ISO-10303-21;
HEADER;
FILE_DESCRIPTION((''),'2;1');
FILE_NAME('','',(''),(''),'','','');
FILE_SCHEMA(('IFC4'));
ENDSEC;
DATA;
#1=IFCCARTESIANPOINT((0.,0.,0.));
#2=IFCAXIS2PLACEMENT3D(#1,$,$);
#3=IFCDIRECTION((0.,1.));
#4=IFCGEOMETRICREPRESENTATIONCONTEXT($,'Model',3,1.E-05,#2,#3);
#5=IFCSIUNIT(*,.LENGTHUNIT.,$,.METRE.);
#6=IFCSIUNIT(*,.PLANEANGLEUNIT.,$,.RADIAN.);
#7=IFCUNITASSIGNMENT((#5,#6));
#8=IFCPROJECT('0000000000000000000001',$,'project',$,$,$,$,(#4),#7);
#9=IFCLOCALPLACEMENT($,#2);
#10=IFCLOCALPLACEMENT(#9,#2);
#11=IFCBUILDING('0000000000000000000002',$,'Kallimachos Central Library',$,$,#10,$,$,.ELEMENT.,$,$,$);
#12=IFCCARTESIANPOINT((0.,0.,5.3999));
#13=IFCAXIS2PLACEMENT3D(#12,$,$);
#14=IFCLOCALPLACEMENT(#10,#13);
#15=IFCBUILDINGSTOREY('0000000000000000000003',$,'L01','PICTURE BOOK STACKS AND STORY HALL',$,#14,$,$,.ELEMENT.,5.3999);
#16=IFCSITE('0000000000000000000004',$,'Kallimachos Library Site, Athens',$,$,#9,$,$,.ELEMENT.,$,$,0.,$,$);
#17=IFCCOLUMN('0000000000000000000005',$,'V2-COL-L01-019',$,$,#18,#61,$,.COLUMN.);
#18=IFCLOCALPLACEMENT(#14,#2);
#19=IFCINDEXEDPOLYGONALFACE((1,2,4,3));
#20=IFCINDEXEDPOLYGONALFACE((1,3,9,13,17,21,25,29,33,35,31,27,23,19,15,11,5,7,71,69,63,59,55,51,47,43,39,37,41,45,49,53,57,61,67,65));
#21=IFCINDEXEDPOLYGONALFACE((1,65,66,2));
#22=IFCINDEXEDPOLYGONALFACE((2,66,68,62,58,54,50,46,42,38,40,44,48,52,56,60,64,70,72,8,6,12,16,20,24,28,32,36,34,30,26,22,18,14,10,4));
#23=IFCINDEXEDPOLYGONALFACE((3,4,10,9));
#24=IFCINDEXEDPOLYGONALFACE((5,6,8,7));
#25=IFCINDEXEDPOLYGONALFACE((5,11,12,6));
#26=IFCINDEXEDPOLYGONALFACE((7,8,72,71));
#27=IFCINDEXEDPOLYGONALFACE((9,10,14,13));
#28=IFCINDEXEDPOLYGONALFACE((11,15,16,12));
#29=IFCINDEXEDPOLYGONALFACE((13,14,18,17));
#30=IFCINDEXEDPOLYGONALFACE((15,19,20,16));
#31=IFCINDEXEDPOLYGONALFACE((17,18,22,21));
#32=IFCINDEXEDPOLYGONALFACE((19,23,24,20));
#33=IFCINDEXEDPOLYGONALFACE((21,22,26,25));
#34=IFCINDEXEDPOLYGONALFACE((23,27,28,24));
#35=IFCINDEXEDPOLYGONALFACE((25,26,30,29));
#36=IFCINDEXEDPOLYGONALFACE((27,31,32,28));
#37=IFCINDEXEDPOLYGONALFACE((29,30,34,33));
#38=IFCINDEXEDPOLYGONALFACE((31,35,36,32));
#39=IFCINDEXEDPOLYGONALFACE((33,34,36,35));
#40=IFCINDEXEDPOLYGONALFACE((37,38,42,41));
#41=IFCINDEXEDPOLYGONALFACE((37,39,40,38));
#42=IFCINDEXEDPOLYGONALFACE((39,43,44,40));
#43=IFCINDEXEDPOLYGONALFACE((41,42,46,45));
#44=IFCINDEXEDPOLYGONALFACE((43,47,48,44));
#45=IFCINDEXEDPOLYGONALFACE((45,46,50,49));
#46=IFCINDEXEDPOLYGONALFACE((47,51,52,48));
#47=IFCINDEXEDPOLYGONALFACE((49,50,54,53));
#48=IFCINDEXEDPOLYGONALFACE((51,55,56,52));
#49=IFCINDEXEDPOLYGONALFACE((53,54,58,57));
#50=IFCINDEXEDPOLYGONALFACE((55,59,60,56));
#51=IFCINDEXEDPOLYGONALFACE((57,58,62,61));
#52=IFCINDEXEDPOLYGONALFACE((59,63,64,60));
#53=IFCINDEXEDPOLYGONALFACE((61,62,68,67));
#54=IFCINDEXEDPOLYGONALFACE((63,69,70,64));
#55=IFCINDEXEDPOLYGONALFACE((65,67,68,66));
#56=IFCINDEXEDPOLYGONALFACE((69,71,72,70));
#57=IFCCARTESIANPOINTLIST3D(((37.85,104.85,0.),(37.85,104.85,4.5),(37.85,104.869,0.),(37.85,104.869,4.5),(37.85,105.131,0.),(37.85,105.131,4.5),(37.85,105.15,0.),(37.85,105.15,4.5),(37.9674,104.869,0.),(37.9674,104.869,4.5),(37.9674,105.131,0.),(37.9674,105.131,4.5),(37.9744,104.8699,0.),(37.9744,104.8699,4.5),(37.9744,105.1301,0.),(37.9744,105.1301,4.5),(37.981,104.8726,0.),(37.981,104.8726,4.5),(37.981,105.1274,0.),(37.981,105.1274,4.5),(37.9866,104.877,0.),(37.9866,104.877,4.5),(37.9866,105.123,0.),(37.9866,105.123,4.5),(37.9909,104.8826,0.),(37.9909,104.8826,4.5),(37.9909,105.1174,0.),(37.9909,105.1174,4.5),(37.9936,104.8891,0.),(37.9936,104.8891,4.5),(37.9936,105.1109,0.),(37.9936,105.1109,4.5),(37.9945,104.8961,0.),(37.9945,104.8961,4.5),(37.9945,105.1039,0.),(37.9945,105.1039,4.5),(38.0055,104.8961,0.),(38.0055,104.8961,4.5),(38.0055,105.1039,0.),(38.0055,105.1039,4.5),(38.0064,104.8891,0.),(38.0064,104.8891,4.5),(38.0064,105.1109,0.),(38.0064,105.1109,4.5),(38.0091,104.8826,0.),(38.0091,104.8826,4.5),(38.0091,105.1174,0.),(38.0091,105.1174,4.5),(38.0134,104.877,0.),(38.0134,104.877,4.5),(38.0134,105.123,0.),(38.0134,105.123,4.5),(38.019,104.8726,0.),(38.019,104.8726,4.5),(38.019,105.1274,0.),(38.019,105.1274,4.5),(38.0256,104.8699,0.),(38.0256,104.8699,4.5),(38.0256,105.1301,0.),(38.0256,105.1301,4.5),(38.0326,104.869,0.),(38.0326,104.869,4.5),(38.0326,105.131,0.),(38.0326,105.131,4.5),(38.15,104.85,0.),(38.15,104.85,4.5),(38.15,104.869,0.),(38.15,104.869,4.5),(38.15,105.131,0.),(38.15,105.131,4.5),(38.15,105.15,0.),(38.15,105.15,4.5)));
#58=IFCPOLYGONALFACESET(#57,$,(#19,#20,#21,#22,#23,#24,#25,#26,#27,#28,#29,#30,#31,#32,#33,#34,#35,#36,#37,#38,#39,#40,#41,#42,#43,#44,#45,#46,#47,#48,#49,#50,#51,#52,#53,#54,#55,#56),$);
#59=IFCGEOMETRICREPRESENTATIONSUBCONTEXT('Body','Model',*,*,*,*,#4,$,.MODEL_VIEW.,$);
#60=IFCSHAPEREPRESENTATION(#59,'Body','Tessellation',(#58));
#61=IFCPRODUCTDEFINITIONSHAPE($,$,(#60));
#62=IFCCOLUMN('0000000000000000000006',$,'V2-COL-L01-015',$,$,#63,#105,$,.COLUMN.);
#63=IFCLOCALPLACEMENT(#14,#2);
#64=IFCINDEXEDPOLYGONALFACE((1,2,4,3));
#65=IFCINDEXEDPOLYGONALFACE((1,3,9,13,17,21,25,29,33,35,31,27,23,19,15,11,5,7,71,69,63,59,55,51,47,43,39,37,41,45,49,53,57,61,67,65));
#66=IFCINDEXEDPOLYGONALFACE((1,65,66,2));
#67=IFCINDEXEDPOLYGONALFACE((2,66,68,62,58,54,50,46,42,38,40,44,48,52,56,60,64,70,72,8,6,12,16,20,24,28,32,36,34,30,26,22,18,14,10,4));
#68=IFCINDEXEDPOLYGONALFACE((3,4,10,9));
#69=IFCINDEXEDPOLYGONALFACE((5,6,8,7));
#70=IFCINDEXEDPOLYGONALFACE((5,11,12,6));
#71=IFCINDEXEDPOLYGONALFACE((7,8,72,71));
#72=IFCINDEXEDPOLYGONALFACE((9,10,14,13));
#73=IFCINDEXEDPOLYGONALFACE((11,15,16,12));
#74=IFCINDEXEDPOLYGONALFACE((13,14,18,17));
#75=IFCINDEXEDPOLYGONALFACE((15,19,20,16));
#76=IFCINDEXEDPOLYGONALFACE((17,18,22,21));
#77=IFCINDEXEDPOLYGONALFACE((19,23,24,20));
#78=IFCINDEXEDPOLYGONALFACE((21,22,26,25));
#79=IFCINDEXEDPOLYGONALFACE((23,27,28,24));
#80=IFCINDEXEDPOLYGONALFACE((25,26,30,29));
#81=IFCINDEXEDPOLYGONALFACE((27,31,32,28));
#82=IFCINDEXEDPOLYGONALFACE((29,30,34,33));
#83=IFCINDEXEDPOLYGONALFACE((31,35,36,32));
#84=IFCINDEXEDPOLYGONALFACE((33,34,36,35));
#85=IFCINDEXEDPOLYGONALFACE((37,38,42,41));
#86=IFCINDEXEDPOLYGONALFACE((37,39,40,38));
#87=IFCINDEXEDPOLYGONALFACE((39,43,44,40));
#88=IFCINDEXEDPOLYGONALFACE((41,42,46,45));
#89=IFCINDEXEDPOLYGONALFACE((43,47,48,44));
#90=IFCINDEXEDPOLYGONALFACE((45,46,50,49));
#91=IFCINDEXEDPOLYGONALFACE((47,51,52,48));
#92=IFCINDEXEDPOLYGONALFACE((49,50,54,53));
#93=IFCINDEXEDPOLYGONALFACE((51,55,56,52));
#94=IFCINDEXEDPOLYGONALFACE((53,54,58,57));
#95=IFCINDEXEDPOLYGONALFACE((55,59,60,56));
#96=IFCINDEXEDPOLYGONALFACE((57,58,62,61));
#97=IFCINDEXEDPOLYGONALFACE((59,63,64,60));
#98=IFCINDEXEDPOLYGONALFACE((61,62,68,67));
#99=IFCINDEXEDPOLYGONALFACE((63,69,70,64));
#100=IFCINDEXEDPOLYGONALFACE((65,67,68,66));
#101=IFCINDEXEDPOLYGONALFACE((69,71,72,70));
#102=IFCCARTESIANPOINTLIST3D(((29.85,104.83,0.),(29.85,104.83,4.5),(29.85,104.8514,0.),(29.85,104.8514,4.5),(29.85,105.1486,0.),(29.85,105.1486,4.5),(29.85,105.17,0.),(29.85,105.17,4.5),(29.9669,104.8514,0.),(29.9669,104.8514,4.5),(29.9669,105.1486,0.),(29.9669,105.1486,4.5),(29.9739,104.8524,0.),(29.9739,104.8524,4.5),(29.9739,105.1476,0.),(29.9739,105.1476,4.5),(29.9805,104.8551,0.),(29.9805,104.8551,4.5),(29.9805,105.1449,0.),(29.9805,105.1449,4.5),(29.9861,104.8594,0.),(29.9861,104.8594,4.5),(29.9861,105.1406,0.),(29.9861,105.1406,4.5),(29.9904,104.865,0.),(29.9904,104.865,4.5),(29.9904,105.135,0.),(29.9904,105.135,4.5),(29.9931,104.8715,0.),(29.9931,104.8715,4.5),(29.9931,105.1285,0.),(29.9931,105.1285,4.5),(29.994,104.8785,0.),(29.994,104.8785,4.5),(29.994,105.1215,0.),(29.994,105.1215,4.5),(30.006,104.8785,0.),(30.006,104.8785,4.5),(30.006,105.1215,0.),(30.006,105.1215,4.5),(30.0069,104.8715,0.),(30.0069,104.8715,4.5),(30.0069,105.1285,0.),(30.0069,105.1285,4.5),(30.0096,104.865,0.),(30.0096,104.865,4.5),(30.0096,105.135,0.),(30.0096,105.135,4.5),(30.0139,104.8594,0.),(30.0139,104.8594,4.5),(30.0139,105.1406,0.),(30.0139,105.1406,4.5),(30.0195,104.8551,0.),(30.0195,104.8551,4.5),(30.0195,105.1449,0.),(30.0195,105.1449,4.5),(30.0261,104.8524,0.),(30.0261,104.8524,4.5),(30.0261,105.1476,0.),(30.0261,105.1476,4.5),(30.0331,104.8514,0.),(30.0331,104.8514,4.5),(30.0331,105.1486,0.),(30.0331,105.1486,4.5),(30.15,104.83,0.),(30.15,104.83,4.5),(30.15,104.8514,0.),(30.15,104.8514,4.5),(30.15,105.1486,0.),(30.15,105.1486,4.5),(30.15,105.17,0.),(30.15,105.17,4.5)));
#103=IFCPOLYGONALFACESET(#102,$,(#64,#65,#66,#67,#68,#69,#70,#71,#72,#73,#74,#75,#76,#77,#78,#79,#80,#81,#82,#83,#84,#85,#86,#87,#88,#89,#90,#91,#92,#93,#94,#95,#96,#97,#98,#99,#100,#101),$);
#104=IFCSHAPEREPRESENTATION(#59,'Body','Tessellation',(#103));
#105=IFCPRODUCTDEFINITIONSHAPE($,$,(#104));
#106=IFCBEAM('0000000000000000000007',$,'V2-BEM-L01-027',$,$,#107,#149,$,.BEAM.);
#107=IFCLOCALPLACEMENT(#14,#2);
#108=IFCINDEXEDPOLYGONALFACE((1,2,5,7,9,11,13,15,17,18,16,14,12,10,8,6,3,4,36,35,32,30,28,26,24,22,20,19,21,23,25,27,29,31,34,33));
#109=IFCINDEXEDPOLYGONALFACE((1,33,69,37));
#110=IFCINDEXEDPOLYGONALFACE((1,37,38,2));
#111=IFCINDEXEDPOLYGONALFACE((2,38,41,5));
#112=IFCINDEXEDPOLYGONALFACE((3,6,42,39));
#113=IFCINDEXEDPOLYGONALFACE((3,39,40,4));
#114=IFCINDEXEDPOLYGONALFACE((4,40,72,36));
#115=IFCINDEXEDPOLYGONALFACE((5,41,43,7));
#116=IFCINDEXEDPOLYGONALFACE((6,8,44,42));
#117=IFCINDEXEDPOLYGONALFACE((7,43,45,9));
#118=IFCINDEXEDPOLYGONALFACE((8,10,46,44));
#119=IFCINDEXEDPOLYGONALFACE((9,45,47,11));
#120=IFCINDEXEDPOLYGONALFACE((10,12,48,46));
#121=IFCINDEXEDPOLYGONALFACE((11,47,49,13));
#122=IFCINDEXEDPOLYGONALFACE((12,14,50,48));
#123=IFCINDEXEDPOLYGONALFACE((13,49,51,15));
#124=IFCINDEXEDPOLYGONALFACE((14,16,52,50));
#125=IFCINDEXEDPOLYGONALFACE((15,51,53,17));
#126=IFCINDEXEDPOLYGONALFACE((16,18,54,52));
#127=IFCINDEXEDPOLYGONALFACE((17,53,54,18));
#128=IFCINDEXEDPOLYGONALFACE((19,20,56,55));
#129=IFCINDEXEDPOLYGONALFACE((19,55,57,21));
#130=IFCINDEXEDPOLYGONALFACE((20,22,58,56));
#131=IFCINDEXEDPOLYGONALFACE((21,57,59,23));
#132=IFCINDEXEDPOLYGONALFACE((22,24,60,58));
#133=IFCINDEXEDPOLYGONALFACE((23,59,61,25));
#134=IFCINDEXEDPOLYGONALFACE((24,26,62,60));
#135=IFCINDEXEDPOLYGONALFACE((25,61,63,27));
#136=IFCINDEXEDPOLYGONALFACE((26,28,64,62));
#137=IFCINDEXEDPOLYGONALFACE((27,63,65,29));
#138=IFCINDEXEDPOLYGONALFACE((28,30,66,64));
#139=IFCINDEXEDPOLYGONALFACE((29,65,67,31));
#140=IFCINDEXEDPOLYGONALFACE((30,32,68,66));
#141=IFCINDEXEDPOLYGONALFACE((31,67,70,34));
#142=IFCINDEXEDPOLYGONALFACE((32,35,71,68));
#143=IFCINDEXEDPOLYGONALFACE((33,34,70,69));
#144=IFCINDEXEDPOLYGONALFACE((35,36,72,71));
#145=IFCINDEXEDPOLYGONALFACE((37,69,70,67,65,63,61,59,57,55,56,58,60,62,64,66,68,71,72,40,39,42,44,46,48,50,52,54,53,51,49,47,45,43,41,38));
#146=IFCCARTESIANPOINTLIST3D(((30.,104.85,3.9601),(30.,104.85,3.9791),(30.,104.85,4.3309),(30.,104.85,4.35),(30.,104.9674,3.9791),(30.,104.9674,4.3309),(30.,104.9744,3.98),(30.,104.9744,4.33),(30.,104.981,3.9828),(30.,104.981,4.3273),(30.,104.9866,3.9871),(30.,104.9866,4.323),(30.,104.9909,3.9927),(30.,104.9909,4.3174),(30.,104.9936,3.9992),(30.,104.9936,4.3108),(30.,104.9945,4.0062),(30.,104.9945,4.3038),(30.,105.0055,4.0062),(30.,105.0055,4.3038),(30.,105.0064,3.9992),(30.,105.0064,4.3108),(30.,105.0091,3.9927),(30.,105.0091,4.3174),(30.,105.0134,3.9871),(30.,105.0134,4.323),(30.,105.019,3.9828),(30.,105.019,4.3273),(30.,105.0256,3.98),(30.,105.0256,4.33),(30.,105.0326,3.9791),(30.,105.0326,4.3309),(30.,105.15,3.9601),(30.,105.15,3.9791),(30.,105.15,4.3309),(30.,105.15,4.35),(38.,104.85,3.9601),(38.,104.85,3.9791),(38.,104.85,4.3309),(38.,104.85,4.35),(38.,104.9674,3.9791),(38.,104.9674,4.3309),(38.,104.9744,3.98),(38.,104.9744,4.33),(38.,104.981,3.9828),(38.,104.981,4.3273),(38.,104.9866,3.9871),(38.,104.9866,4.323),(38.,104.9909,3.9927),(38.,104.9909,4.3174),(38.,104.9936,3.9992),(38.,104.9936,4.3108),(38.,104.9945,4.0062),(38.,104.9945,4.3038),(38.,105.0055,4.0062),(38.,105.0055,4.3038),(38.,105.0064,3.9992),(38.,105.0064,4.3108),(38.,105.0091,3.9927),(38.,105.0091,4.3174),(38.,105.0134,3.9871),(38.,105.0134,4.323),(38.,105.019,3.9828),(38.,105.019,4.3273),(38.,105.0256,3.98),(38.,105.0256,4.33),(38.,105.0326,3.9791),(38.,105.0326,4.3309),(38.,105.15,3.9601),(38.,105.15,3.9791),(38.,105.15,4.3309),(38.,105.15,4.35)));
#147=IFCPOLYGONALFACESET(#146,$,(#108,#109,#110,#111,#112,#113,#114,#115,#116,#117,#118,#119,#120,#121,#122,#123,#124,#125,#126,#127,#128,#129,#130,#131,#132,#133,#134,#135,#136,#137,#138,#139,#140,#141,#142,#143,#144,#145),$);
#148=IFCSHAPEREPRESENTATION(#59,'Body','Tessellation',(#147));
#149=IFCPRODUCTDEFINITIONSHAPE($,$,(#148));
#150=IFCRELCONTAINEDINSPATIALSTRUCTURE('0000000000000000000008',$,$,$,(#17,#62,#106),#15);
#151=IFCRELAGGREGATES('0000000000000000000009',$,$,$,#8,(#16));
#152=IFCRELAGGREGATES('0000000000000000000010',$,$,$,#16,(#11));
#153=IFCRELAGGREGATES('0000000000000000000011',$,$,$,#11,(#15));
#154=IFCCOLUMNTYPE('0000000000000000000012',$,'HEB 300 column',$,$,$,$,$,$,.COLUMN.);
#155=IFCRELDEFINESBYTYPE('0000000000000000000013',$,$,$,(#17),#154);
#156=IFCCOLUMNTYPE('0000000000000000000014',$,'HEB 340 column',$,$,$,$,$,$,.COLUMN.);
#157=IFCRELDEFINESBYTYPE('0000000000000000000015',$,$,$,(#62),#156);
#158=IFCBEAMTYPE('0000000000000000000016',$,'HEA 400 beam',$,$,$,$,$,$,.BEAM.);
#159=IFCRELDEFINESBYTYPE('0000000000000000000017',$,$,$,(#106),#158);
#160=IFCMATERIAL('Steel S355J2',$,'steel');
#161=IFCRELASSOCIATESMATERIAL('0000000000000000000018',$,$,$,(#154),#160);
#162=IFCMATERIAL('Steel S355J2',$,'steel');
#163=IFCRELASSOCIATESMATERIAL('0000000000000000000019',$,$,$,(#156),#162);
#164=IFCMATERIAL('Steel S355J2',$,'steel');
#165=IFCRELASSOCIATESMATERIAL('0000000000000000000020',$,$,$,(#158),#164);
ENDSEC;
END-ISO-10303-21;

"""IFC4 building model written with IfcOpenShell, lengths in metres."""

from ifc_helpers import new_model, si_unit, direction, frame, origin, origin_2d, place, context, subcontext, project, spatial, i_section, extrude, material, material_profile, profile_set, type_object, element, save


model = new_model("IFC4")

# Units and contexts
model_context = context("Model", 3, precision=1e-05, world=origin(), true_north=direction((0.0, 1.0)))
body_context = subcontext(model_context, "Body", "Model", "MODEL_VIEW")
ifc_project = project(units=[si_unit("LENGTHUNIT", "METRE"), si_unit("PLANEANGLEUNIT", "RADIAN")], contexts=[model_context])

# Site, building, storey
site_placement = place(None, origin())
site = spatial("IfcSite", under=ifc_project, at=site_placement, Name="Kallimachos Library Site, Athens", CompositionType="ELEMENT", RefElevation=0.0)
building_placement = place(site_placement, origin())
building = spatial("IfcBuilding", under=site, at=building_placement, Name="Kallimachos Central Library", CompositionType="ELEMENT")
storey_placement = place(building_placement, frame((0.0, 0.0, 5.3999)))
storey = spatial("IfcBuildingStorey", under=building, at=storey_placement, Name="L01", Description="PICTURE BOOK STACKS AND STORY HALL", CompositionType="ELEMENT", Elevation=5.3999)

# Columns
ifc_material_1 = material(Name="Steel S355J2", Category="steel")
ifc_material_profile_1 = material_profile(ifc_material_1, i_section(OverallWidth=0.3, OverallDepth=0.3, WebThickness=0.011, FlangeThickness=0.019, FilletRadius=0.0271, at=origin_2d()), Name="HEB 300")
ifc_profile_set_1 = profile_set([ifc_material_profile_1], Name="Steel S355J2")
column_type_1 = type_object("IfcColumnType", Name="HEB 300 column", PredefinedType="COLUMN", material=ifc_profile_set_1)
column_1_placement = place(storey_placement, frame((38.0, 105.0, 0.0), z_axis=(0.0, 0.0, 1.0), x_axis=(1.0, 0.0, 0.0)))
element("IfcColumn", 1, at=column_1_placement, inside=storey, type_object=column_type_1, Name="V2-COL-L01-019", PredefinedType="COLUMN", context=body_context, shape_type="SweptSolid", body=[
    extrude(i_section(OverallWidth=0.3, OverallDepth=0.3, WebThickness=0.011, FlangeThickness=0.019, FilletRadius=0.0271, at=origin_2d()), origin(), (0.0, 0.0, 1.0), 4.5),
])
ifc_material_2 = material(Name="Steel S355J2", Category="steel")
ifc_material_profile_2 = material_profile(ifc_material_2, i_section(OverallWidth=0.3, OverallDepth=0.3401, WebThickness=0.012, FlangeThickness=0.0215, FilletRadius=0.0271, at=origin_2d()), Name="HEB 340")
ifc_profile_set_2 = profile_set([ifc_material_profile_2], Name="Steel S355J2")
column_type_2 = type_object("IfcColumnType", Name="HEB 340 column", PredefinedType="COLUMN", material=ifc_profile_set_2)
column_2_placement = place(storey_placement, frame((30.0, 105.0, 0.0), z_axis=(0.0, 0.0, 1.0), x_axis=(1.0, 0.0, 0.0)))
element("IfcColumn", 2, at=column_2_placement, inside=storey, type_object=column_type_2, Name="V2-COL-L01-015", PredefinedType="COLUMN", context=body_context, shape_type="SweptSolid", body=[
    extrude(i_section(OverallWidth=0.3, OverallDepth=0.3401, WebThickness=0.012, FlangeThickness=0.0215, FilletRadius=0.0271, at=origin_2d()), origin(), (0.0, 0.0, 1.0), 4.5),
])

# Beam
ifc_material_3 = material(Name="Steel S355J2", Category="steel")
ifc_material_profile_3 = material_profile(ifc_material_3, i_section(OverallWidth=0.3, OverallDepth=0.3899, WebThickness=0.011, FlangeThickness=0.019, FilletRadius=0.0271, at=origin_2d()), Name="HEA 400")
ifc_profile_set_3 = profile_set([ifc_material_profile_3], Name="Steel S355J2")
beam_type_1 = type_object("IfcBeamType", Name="HEA 400 beam", PredefinedType="BEAM", material=ifc_profile_set_3)
beam_placement = place(storey_placement, frame((30.0, 105.0, 4.155), z_axis=(1.0, 0.0, 0.0), x_axis=(0.0, 1.0, 0.0)))
element("IfcBeam", 3, at=beam_placement, inside=storey, type_object=beam_type_1, Name="V2-BEM-L01-027", PredefinedType="BEAM", context=body_context, shape_type="SweptSolid", body=[
    extrude(i_section(OverallWidth=0.3, OverallDepth=0.3899, WebThickness=0.011, FlangeThickness=0.019, FilletRadius=0.0271, at=origin_2d()), origin(), (0.0, 0.0, 1.0), 8.0),
])

save(model, "model.ifc")
